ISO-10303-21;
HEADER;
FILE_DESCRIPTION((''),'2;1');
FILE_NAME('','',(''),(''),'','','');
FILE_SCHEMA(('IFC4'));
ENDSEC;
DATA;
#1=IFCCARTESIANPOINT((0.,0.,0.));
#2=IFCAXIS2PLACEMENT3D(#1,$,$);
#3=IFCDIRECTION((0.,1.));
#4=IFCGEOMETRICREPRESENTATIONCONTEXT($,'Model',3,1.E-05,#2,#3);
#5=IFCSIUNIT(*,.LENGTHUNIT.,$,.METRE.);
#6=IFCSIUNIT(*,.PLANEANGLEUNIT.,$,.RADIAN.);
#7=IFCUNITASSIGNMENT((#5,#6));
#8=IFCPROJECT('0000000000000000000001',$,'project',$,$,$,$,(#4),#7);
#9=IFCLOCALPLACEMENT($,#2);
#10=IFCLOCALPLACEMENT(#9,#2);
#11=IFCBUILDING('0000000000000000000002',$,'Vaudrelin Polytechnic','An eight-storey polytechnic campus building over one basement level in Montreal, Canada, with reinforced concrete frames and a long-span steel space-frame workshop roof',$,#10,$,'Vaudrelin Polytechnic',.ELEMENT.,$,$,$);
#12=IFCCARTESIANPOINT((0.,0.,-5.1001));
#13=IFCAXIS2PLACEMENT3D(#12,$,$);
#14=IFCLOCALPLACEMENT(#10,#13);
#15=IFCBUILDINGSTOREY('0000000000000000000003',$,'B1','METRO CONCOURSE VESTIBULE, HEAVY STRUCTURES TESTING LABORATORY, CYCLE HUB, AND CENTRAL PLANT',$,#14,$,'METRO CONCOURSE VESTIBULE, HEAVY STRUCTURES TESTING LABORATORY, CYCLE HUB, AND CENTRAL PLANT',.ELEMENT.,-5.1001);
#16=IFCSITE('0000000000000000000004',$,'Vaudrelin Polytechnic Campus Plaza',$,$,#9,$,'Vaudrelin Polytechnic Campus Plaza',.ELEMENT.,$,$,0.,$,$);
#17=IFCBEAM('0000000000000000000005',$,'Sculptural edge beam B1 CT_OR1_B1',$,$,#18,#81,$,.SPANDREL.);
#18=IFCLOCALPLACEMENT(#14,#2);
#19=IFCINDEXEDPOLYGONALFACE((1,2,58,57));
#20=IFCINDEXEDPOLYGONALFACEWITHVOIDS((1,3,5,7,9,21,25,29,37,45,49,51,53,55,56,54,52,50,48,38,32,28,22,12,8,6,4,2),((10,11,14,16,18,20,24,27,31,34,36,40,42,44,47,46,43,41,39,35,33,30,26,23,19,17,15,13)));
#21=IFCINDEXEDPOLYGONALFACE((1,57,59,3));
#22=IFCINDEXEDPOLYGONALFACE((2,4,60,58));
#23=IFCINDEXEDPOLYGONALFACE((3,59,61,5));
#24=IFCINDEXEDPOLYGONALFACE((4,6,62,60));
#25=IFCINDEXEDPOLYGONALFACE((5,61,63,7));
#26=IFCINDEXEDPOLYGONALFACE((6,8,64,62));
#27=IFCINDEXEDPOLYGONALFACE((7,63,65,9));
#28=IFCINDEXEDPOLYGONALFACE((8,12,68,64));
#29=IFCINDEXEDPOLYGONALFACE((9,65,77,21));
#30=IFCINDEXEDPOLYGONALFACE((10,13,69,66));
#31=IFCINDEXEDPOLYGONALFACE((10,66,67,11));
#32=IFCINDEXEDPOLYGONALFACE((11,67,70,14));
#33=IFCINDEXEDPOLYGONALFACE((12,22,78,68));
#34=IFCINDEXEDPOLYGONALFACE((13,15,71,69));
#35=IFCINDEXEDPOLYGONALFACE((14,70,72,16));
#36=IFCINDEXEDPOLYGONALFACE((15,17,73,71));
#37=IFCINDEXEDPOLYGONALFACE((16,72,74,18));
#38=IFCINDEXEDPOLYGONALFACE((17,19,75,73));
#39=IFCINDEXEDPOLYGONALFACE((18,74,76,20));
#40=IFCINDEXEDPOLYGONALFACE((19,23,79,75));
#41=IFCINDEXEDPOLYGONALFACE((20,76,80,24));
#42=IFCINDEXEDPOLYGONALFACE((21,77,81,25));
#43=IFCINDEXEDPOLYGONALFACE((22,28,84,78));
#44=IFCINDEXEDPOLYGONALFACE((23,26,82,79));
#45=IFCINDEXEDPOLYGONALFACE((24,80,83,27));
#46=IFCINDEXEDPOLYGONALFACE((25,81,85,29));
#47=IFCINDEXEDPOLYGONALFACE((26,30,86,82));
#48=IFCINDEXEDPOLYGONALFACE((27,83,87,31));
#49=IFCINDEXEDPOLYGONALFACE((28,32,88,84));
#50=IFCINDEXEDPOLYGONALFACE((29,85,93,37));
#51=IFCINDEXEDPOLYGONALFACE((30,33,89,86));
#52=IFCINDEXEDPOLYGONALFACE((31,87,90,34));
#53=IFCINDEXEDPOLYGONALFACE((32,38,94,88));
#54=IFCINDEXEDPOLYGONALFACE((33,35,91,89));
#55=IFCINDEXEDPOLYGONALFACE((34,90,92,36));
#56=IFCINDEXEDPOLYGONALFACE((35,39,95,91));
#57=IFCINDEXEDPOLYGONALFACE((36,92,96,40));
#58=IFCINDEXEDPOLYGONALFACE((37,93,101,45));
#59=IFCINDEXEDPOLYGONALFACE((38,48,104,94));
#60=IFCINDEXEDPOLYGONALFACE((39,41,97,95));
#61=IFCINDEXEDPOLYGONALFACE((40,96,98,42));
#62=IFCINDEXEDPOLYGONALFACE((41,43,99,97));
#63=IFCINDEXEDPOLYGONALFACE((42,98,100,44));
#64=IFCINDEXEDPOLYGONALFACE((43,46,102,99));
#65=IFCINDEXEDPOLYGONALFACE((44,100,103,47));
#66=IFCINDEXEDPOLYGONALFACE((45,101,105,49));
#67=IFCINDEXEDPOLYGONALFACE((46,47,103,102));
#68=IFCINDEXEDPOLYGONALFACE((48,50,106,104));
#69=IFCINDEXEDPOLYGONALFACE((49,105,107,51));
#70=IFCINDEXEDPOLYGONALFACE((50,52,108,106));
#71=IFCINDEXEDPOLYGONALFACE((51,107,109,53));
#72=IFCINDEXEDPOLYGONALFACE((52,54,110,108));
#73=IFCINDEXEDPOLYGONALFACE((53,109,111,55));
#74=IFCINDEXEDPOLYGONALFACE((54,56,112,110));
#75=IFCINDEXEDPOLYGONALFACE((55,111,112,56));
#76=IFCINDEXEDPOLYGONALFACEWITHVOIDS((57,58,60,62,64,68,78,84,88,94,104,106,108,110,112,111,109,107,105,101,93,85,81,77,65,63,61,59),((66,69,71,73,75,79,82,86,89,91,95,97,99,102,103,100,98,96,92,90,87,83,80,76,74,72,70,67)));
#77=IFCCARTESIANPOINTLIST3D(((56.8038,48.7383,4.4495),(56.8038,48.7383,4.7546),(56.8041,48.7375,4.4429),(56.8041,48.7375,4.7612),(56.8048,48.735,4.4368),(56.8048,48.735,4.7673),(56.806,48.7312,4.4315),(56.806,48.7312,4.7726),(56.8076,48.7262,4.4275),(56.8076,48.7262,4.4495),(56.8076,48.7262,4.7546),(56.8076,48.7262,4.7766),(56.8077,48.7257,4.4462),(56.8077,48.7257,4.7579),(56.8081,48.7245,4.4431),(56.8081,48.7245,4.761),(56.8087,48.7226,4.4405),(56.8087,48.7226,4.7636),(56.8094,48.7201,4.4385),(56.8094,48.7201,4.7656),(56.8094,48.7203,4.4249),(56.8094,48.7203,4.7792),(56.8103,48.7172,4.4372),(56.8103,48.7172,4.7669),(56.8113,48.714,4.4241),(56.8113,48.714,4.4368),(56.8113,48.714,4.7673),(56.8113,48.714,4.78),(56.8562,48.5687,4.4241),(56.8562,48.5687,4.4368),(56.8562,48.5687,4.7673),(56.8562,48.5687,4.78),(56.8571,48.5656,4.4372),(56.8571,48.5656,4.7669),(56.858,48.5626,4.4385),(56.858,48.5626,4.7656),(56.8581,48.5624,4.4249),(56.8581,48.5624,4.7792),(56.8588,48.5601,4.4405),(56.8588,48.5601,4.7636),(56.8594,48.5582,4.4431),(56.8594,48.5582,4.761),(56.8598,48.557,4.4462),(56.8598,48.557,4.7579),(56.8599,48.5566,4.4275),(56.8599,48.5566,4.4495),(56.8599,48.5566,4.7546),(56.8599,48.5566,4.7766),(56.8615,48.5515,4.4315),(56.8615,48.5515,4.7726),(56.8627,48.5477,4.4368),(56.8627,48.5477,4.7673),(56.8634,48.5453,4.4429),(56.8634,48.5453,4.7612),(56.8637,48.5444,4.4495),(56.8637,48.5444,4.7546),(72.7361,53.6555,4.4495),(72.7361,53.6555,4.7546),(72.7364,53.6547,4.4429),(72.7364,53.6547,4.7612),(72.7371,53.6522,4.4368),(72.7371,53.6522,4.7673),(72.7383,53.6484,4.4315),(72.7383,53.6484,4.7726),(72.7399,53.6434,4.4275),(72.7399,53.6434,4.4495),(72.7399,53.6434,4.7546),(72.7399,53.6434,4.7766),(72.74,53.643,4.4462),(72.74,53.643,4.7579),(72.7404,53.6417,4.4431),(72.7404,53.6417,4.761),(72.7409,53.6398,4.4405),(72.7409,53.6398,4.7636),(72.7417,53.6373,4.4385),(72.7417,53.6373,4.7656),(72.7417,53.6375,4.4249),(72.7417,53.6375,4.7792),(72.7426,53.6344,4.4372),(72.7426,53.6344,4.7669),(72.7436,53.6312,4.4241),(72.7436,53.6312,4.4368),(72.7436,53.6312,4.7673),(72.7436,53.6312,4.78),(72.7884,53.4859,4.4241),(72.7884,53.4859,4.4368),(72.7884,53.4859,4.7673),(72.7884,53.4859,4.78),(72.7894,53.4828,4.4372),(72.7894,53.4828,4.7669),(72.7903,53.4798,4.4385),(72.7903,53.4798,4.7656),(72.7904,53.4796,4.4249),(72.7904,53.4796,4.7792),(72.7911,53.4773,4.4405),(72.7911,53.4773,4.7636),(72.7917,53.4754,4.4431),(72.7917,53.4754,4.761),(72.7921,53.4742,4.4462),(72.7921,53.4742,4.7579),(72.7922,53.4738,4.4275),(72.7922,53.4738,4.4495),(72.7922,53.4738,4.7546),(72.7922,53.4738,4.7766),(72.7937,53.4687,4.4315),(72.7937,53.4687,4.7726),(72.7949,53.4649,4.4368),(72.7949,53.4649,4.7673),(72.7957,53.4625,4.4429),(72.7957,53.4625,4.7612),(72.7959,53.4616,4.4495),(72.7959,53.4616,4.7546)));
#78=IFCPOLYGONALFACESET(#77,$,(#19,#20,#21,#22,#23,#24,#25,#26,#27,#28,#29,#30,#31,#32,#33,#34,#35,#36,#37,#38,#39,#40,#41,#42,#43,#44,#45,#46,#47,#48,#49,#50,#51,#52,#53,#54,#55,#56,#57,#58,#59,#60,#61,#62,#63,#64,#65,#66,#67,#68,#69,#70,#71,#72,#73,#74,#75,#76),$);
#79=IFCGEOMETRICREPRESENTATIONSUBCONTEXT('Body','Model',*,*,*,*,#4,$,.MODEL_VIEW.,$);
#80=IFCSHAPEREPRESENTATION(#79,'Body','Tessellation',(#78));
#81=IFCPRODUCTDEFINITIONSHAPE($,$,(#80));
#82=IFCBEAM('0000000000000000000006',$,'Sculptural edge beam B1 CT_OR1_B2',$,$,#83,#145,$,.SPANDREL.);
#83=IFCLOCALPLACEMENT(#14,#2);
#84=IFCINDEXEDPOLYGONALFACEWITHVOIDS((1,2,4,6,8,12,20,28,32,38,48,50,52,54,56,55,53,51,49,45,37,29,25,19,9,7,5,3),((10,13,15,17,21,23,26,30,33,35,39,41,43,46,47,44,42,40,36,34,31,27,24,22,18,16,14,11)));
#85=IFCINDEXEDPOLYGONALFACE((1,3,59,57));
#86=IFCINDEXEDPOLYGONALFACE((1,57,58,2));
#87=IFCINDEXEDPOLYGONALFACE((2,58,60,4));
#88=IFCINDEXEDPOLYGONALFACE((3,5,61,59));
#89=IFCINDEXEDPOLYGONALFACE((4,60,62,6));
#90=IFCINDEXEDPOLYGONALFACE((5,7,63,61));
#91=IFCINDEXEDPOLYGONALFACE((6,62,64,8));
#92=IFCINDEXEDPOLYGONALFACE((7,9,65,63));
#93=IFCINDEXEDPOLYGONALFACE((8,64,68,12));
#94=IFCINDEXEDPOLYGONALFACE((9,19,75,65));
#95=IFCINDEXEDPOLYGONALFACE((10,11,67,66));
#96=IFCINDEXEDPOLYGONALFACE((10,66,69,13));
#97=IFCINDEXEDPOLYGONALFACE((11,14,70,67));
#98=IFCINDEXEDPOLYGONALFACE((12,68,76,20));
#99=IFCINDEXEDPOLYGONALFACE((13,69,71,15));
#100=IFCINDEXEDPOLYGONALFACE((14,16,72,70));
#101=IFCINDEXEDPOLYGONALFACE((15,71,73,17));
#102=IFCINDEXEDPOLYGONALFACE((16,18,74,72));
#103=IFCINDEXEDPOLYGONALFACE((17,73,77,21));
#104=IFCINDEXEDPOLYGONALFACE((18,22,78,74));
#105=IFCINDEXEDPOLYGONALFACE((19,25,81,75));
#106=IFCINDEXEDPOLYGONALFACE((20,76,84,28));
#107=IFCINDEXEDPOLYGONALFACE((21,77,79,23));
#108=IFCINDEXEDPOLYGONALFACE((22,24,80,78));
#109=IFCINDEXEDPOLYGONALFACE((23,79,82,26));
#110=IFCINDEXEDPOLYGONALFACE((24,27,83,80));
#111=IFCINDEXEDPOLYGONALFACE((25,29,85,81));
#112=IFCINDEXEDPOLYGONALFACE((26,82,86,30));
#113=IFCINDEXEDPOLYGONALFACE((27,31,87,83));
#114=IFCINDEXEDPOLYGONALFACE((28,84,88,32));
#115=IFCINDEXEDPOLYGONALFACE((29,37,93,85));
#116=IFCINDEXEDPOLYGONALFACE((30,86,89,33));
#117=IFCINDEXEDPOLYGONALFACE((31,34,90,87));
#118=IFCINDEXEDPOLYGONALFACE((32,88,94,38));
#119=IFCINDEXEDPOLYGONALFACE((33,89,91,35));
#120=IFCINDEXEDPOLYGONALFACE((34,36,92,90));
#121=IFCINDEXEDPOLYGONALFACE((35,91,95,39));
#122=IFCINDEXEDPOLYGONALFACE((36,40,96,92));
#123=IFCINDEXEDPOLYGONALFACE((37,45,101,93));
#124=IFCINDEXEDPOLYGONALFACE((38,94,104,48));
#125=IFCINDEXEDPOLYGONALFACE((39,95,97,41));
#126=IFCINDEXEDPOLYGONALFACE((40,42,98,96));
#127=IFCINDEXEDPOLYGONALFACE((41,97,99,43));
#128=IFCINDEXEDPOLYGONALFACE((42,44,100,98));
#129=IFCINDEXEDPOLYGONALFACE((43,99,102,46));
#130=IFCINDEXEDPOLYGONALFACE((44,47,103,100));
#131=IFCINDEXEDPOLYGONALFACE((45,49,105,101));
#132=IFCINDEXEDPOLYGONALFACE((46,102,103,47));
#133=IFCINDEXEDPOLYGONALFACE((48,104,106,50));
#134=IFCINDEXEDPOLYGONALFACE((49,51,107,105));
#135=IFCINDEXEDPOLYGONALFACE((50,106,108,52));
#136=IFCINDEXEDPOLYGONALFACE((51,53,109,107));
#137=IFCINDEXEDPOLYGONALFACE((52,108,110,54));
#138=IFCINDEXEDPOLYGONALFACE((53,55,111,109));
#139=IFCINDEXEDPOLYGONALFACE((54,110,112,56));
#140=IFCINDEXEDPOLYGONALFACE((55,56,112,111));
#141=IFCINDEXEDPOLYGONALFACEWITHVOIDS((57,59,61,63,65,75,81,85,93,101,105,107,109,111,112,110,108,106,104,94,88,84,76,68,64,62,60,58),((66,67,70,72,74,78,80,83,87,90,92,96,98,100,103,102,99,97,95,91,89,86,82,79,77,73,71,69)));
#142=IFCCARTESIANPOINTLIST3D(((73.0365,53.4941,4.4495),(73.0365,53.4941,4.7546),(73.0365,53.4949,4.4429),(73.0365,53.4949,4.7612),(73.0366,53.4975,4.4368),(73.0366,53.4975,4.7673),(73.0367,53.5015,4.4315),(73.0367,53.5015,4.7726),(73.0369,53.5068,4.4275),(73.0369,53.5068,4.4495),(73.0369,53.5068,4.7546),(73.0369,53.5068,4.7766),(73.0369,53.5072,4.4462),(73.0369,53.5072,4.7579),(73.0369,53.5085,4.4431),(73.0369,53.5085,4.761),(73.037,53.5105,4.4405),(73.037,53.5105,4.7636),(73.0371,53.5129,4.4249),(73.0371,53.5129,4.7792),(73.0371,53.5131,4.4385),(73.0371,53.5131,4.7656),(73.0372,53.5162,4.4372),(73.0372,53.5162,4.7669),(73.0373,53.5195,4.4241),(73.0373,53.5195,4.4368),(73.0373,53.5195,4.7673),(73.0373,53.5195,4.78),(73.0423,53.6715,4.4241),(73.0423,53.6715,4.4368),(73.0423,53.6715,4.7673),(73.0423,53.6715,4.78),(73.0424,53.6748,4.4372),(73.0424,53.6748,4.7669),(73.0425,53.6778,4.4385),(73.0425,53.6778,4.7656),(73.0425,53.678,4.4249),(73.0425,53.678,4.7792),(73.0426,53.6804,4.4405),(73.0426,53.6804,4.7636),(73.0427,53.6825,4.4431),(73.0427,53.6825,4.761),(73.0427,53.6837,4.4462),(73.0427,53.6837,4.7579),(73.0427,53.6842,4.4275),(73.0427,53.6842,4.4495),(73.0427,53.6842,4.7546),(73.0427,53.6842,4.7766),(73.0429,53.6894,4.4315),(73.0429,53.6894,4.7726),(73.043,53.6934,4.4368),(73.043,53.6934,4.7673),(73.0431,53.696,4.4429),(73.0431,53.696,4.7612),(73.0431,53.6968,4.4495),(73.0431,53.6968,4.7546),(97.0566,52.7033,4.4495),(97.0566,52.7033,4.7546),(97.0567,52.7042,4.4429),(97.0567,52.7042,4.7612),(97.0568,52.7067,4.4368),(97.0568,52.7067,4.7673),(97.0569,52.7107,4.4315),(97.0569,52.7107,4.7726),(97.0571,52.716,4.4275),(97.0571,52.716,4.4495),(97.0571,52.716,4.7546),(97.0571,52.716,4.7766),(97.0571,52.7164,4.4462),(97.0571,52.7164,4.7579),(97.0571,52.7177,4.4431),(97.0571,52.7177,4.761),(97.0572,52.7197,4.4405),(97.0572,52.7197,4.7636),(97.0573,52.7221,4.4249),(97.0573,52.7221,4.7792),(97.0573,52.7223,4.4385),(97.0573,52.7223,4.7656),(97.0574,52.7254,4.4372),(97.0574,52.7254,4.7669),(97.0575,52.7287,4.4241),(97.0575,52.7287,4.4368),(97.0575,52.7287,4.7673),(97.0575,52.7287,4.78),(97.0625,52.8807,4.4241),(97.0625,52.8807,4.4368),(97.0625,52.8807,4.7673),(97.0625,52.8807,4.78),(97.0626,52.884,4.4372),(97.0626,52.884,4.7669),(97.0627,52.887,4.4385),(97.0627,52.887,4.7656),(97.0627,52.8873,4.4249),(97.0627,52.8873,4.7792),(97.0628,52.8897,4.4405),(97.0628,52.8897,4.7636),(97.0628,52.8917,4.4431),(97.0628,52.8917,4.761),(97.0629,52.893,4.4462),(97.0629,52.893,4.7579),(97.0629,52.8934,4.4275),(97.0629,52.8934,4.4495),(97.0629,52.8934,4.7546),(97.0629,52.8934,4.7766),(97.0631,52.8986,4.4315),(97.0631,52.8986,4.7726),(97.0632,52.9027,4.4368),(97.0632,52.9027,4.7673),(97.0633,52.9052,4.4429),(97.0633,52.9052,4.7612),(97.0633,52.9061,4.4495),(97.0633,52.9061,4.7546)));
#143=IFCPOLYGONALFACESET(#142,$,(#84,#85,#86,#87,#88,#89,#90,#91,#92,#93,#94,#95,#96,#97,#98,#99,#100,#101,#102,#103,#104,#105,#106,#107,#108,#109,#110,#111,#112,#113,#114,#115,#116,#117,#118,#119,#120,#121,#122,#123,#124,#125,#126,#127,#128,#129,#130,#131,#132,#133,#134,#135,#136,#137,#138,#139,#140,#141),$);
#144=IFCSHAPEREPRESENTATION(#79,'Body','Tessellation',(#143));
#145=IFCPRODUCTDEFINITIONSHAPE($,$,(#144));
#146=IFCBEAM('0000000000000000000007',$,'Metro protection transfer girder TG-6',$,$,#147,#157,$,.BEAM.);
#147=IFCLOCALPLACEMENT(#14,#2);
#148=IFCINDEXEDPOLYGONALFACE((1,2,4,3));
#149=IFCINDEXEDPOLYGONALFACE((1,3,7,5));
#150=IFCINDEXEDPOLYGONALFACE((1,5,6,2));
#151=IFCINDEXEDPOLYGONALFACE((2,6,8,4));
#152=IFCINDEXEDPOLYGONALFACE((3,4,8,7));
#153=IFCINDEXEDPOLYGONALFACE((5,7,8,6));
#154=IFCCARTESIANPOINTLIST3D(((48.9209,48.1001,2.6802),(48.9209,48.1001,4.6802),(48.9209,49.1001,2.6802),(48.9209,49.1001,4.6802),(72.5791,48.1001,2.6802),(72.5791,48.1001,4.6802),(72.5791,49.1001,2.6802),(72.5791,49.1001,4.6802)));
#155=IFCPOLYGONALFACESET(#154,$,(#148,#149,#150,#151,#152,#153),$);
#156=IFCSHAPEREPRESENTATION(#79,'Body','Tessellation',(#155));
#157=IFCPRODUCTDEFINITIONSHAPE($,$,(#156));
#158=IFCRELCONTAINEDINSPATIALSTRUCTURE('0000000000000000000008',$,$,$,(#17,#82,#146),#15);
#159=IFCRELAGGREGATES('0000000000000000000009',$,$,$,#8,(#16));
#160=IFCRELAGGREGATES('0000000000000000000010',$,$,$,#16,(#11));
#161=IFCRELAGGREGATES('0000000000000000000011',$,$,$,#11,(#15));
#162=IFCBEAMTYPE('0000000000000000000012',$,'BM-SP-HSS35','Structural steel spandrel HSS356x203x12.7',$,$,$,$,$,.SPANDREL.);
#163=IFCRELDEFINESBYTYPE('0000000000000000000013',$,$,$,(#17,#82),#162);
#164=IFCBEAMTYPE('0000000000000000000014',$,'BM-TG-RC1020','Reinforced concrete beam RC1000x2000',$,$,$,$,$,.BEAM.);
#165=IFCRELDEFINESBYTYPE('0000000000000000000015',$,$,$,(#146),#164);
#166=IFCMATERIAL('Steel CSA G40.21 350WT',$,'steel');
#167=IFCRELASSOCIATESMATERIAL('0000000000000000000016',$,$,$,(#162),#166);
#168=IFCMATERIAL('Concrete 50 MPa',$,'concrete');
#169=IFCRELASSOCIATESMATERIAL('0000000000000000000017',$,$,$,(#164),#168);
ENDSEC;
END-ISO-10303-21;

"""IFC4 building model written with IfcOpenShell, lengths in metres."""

from ifc_helpers import new_model, si_unit, direction, frame, origin, origin_2d, place, context, subcontext, project, spatial, rectangle, hollow_rectangle, extrude, material, material_profile, profile_set, type_object, element, save


model = new_model("IFC4")

# Units and contexts
model_context = context("Model", 3, precision=1e-05, world=origin(), true_north=direction((0.0, 1.0)))
body_context = subcontext(model_context, "Body", "Model", "MODEL_VIEW")
ifc_project = project(units=[si_unit("LENGTHUNIT", "METRE"), si_unit("PLANEANGLEUNIT", "RADIAN")], contexts=[model_context])

# Site, building, storey
site_placement = place(None, origin())
site = spatial("IfcSite", under=ifc_project, at=site_placement, Name="Vaudrelin Polytechnic Campus Plaza", LongName="Vaudrelin Polytechnic Campus Plaza", CompositionType="ELEMENT", RefElevation=0.0)
building_placement = place(site_placement, origin())
building = spatial("IfcBuilding", under=site, at=building_placement, Name="Vaudrelin Polytechnic", Description="An eight-storey polytechnic campus building over one basement level in Montreal, Canada, with reinforced concrete frames and a long-span steel space-frame workshop roof", LongName="Vaudrelin Polytechnic", CompositionType="ELEMENT")
storey_placement = place(building_placement, frame((0.0, 0.0, -5.1001)))
storey = spatial("IfcBuildingStorey", under=building, at=storey_placement, Name="B1", Description="METRO CONCOURSE VESTIBULE, HEAVY STRUCTURES TESTING LABORATORY, CYCLE HUB, AND CENTRAL PLANT", LongName="METRO CONCOURSE VESTIBULE, HEAVY STRUCTURES TESTING LABORATORY, CYCLE HUB, AND CENTRAL PLANT", CompositionType="ELEMENT", Elevation=-5.1001)

# Shared definitions
ifc_material_1 = material(Name="Steel CSA G40.21 350WT", Category="steel")
ifc_material_2 = material(Name="Concrete 50 MPa", Category="concrete")

# Beams
ifc_material_profile_1 = material_profile(ifc_material_1, hollow_rectangle(XDim=0.2029, YDim=0.356, WallThickness=0.0127, InnerFilletRadius=0.0127, OuterFilletRadius=0.0254, at=origin_2d()), Name="HSS356x203x12.7")
ifc_profile_set_1 = profile_set([ifc_material_profile_1], Name="Steel CSA G40.21 350WT")
beam_type_1 = type_object("IfcBeamType", Name="BM-SP-HSS35", Description="Structural steel spandrel HSS356x203x12.7", PredefinedType="SPANDREL", material=ifc_profile_set_1)
beam_1_placement = place(storey_placement, frame((56.8337, 48.6414, 4.6021), z_axis=(0.955526, 0.294906, 0.0), x_axis=(-0.294906, 0.955526, 0.0)))
element("IfcBeam", 1, at=beam_1_placement, inside=storey, type_object=beam_type_1, Name="Sculptural edge beam B1 CT_OR1_B1", PredefinedType="SPANDREL", context=body_context, shape_type="SweptSolid", body=[
    extrude(hollow_rectangle(XDim=0.2029, YDim=0.356, WallThickness=0.0127, InnerFilletRadius=0.0127, OuterFilletRadius=0.0254, at=origin_2d()), origin(), (0.0, 0.0, 1.0), 16.6738),
])
beam_2_placement = place(storey_placement, frame((73.0398, 53.5955, 4.6021), z_axis=(0.999459, -0.032903, 0.0), x_axis=(0.032903, 0.999459, 0.0)))
element("IfcBeam", 2, at=beam_2_placement, inside=storey, type_object=beam_type_1, Name="Sculptural edge beam B1 CT_OR1_B2", PredefinedType="SPANDREL", context=body_context, shape_type="SweptSolid", body=[
    extrude(hollow_rectangle(XDim=0.2029, YDim=0.356, WallThickness=0.0127, InnerFilletRadius=0.0127, OuterFilletRadius=0.0254, at=origin_2d()), origin(), (0.0, 0.0, 1.0), 24.0332),
])
ifc_material_profile_2 = material_profile(ifc_material_2, rectangle(XDim=1.0, YDim=2.0, at=origin_2d()), Name="RC1000x2000")
ifc_profile_set_2 = profile_set([ifc_material_profile_2], Name="Concrete 50 MPa")
beam_type_2 = type_object("IfcBeamType", Name="BM-TG-RC1020", Description="Reinforced concrete beam RC1000x2000", PredefinedType="BEAM", material=ifc_profile_set_2)
beam_3_placement = place(storey_placement, frame((48.9209, 48.6001, 3.6802), z_axis=(1.0, 0.0, 0.0), x_axis=(0.0, 1.0, 0.0)))
element("IfcBeam", 3, at=beam_3_placement, inside=storey, type_object=beam_type_2, Name="Metro protection transfer girder TG-6", PredefinedType="BEAM", context=body_context, shape_type="SweptSolid", body=[
    extrude(rectangle(XDim=1.0, YDim=2.0, at=origin_2d()), origin(), (0.0, 0.0, 1.0), 23.6582),
])

save(model, "model.ifc")
